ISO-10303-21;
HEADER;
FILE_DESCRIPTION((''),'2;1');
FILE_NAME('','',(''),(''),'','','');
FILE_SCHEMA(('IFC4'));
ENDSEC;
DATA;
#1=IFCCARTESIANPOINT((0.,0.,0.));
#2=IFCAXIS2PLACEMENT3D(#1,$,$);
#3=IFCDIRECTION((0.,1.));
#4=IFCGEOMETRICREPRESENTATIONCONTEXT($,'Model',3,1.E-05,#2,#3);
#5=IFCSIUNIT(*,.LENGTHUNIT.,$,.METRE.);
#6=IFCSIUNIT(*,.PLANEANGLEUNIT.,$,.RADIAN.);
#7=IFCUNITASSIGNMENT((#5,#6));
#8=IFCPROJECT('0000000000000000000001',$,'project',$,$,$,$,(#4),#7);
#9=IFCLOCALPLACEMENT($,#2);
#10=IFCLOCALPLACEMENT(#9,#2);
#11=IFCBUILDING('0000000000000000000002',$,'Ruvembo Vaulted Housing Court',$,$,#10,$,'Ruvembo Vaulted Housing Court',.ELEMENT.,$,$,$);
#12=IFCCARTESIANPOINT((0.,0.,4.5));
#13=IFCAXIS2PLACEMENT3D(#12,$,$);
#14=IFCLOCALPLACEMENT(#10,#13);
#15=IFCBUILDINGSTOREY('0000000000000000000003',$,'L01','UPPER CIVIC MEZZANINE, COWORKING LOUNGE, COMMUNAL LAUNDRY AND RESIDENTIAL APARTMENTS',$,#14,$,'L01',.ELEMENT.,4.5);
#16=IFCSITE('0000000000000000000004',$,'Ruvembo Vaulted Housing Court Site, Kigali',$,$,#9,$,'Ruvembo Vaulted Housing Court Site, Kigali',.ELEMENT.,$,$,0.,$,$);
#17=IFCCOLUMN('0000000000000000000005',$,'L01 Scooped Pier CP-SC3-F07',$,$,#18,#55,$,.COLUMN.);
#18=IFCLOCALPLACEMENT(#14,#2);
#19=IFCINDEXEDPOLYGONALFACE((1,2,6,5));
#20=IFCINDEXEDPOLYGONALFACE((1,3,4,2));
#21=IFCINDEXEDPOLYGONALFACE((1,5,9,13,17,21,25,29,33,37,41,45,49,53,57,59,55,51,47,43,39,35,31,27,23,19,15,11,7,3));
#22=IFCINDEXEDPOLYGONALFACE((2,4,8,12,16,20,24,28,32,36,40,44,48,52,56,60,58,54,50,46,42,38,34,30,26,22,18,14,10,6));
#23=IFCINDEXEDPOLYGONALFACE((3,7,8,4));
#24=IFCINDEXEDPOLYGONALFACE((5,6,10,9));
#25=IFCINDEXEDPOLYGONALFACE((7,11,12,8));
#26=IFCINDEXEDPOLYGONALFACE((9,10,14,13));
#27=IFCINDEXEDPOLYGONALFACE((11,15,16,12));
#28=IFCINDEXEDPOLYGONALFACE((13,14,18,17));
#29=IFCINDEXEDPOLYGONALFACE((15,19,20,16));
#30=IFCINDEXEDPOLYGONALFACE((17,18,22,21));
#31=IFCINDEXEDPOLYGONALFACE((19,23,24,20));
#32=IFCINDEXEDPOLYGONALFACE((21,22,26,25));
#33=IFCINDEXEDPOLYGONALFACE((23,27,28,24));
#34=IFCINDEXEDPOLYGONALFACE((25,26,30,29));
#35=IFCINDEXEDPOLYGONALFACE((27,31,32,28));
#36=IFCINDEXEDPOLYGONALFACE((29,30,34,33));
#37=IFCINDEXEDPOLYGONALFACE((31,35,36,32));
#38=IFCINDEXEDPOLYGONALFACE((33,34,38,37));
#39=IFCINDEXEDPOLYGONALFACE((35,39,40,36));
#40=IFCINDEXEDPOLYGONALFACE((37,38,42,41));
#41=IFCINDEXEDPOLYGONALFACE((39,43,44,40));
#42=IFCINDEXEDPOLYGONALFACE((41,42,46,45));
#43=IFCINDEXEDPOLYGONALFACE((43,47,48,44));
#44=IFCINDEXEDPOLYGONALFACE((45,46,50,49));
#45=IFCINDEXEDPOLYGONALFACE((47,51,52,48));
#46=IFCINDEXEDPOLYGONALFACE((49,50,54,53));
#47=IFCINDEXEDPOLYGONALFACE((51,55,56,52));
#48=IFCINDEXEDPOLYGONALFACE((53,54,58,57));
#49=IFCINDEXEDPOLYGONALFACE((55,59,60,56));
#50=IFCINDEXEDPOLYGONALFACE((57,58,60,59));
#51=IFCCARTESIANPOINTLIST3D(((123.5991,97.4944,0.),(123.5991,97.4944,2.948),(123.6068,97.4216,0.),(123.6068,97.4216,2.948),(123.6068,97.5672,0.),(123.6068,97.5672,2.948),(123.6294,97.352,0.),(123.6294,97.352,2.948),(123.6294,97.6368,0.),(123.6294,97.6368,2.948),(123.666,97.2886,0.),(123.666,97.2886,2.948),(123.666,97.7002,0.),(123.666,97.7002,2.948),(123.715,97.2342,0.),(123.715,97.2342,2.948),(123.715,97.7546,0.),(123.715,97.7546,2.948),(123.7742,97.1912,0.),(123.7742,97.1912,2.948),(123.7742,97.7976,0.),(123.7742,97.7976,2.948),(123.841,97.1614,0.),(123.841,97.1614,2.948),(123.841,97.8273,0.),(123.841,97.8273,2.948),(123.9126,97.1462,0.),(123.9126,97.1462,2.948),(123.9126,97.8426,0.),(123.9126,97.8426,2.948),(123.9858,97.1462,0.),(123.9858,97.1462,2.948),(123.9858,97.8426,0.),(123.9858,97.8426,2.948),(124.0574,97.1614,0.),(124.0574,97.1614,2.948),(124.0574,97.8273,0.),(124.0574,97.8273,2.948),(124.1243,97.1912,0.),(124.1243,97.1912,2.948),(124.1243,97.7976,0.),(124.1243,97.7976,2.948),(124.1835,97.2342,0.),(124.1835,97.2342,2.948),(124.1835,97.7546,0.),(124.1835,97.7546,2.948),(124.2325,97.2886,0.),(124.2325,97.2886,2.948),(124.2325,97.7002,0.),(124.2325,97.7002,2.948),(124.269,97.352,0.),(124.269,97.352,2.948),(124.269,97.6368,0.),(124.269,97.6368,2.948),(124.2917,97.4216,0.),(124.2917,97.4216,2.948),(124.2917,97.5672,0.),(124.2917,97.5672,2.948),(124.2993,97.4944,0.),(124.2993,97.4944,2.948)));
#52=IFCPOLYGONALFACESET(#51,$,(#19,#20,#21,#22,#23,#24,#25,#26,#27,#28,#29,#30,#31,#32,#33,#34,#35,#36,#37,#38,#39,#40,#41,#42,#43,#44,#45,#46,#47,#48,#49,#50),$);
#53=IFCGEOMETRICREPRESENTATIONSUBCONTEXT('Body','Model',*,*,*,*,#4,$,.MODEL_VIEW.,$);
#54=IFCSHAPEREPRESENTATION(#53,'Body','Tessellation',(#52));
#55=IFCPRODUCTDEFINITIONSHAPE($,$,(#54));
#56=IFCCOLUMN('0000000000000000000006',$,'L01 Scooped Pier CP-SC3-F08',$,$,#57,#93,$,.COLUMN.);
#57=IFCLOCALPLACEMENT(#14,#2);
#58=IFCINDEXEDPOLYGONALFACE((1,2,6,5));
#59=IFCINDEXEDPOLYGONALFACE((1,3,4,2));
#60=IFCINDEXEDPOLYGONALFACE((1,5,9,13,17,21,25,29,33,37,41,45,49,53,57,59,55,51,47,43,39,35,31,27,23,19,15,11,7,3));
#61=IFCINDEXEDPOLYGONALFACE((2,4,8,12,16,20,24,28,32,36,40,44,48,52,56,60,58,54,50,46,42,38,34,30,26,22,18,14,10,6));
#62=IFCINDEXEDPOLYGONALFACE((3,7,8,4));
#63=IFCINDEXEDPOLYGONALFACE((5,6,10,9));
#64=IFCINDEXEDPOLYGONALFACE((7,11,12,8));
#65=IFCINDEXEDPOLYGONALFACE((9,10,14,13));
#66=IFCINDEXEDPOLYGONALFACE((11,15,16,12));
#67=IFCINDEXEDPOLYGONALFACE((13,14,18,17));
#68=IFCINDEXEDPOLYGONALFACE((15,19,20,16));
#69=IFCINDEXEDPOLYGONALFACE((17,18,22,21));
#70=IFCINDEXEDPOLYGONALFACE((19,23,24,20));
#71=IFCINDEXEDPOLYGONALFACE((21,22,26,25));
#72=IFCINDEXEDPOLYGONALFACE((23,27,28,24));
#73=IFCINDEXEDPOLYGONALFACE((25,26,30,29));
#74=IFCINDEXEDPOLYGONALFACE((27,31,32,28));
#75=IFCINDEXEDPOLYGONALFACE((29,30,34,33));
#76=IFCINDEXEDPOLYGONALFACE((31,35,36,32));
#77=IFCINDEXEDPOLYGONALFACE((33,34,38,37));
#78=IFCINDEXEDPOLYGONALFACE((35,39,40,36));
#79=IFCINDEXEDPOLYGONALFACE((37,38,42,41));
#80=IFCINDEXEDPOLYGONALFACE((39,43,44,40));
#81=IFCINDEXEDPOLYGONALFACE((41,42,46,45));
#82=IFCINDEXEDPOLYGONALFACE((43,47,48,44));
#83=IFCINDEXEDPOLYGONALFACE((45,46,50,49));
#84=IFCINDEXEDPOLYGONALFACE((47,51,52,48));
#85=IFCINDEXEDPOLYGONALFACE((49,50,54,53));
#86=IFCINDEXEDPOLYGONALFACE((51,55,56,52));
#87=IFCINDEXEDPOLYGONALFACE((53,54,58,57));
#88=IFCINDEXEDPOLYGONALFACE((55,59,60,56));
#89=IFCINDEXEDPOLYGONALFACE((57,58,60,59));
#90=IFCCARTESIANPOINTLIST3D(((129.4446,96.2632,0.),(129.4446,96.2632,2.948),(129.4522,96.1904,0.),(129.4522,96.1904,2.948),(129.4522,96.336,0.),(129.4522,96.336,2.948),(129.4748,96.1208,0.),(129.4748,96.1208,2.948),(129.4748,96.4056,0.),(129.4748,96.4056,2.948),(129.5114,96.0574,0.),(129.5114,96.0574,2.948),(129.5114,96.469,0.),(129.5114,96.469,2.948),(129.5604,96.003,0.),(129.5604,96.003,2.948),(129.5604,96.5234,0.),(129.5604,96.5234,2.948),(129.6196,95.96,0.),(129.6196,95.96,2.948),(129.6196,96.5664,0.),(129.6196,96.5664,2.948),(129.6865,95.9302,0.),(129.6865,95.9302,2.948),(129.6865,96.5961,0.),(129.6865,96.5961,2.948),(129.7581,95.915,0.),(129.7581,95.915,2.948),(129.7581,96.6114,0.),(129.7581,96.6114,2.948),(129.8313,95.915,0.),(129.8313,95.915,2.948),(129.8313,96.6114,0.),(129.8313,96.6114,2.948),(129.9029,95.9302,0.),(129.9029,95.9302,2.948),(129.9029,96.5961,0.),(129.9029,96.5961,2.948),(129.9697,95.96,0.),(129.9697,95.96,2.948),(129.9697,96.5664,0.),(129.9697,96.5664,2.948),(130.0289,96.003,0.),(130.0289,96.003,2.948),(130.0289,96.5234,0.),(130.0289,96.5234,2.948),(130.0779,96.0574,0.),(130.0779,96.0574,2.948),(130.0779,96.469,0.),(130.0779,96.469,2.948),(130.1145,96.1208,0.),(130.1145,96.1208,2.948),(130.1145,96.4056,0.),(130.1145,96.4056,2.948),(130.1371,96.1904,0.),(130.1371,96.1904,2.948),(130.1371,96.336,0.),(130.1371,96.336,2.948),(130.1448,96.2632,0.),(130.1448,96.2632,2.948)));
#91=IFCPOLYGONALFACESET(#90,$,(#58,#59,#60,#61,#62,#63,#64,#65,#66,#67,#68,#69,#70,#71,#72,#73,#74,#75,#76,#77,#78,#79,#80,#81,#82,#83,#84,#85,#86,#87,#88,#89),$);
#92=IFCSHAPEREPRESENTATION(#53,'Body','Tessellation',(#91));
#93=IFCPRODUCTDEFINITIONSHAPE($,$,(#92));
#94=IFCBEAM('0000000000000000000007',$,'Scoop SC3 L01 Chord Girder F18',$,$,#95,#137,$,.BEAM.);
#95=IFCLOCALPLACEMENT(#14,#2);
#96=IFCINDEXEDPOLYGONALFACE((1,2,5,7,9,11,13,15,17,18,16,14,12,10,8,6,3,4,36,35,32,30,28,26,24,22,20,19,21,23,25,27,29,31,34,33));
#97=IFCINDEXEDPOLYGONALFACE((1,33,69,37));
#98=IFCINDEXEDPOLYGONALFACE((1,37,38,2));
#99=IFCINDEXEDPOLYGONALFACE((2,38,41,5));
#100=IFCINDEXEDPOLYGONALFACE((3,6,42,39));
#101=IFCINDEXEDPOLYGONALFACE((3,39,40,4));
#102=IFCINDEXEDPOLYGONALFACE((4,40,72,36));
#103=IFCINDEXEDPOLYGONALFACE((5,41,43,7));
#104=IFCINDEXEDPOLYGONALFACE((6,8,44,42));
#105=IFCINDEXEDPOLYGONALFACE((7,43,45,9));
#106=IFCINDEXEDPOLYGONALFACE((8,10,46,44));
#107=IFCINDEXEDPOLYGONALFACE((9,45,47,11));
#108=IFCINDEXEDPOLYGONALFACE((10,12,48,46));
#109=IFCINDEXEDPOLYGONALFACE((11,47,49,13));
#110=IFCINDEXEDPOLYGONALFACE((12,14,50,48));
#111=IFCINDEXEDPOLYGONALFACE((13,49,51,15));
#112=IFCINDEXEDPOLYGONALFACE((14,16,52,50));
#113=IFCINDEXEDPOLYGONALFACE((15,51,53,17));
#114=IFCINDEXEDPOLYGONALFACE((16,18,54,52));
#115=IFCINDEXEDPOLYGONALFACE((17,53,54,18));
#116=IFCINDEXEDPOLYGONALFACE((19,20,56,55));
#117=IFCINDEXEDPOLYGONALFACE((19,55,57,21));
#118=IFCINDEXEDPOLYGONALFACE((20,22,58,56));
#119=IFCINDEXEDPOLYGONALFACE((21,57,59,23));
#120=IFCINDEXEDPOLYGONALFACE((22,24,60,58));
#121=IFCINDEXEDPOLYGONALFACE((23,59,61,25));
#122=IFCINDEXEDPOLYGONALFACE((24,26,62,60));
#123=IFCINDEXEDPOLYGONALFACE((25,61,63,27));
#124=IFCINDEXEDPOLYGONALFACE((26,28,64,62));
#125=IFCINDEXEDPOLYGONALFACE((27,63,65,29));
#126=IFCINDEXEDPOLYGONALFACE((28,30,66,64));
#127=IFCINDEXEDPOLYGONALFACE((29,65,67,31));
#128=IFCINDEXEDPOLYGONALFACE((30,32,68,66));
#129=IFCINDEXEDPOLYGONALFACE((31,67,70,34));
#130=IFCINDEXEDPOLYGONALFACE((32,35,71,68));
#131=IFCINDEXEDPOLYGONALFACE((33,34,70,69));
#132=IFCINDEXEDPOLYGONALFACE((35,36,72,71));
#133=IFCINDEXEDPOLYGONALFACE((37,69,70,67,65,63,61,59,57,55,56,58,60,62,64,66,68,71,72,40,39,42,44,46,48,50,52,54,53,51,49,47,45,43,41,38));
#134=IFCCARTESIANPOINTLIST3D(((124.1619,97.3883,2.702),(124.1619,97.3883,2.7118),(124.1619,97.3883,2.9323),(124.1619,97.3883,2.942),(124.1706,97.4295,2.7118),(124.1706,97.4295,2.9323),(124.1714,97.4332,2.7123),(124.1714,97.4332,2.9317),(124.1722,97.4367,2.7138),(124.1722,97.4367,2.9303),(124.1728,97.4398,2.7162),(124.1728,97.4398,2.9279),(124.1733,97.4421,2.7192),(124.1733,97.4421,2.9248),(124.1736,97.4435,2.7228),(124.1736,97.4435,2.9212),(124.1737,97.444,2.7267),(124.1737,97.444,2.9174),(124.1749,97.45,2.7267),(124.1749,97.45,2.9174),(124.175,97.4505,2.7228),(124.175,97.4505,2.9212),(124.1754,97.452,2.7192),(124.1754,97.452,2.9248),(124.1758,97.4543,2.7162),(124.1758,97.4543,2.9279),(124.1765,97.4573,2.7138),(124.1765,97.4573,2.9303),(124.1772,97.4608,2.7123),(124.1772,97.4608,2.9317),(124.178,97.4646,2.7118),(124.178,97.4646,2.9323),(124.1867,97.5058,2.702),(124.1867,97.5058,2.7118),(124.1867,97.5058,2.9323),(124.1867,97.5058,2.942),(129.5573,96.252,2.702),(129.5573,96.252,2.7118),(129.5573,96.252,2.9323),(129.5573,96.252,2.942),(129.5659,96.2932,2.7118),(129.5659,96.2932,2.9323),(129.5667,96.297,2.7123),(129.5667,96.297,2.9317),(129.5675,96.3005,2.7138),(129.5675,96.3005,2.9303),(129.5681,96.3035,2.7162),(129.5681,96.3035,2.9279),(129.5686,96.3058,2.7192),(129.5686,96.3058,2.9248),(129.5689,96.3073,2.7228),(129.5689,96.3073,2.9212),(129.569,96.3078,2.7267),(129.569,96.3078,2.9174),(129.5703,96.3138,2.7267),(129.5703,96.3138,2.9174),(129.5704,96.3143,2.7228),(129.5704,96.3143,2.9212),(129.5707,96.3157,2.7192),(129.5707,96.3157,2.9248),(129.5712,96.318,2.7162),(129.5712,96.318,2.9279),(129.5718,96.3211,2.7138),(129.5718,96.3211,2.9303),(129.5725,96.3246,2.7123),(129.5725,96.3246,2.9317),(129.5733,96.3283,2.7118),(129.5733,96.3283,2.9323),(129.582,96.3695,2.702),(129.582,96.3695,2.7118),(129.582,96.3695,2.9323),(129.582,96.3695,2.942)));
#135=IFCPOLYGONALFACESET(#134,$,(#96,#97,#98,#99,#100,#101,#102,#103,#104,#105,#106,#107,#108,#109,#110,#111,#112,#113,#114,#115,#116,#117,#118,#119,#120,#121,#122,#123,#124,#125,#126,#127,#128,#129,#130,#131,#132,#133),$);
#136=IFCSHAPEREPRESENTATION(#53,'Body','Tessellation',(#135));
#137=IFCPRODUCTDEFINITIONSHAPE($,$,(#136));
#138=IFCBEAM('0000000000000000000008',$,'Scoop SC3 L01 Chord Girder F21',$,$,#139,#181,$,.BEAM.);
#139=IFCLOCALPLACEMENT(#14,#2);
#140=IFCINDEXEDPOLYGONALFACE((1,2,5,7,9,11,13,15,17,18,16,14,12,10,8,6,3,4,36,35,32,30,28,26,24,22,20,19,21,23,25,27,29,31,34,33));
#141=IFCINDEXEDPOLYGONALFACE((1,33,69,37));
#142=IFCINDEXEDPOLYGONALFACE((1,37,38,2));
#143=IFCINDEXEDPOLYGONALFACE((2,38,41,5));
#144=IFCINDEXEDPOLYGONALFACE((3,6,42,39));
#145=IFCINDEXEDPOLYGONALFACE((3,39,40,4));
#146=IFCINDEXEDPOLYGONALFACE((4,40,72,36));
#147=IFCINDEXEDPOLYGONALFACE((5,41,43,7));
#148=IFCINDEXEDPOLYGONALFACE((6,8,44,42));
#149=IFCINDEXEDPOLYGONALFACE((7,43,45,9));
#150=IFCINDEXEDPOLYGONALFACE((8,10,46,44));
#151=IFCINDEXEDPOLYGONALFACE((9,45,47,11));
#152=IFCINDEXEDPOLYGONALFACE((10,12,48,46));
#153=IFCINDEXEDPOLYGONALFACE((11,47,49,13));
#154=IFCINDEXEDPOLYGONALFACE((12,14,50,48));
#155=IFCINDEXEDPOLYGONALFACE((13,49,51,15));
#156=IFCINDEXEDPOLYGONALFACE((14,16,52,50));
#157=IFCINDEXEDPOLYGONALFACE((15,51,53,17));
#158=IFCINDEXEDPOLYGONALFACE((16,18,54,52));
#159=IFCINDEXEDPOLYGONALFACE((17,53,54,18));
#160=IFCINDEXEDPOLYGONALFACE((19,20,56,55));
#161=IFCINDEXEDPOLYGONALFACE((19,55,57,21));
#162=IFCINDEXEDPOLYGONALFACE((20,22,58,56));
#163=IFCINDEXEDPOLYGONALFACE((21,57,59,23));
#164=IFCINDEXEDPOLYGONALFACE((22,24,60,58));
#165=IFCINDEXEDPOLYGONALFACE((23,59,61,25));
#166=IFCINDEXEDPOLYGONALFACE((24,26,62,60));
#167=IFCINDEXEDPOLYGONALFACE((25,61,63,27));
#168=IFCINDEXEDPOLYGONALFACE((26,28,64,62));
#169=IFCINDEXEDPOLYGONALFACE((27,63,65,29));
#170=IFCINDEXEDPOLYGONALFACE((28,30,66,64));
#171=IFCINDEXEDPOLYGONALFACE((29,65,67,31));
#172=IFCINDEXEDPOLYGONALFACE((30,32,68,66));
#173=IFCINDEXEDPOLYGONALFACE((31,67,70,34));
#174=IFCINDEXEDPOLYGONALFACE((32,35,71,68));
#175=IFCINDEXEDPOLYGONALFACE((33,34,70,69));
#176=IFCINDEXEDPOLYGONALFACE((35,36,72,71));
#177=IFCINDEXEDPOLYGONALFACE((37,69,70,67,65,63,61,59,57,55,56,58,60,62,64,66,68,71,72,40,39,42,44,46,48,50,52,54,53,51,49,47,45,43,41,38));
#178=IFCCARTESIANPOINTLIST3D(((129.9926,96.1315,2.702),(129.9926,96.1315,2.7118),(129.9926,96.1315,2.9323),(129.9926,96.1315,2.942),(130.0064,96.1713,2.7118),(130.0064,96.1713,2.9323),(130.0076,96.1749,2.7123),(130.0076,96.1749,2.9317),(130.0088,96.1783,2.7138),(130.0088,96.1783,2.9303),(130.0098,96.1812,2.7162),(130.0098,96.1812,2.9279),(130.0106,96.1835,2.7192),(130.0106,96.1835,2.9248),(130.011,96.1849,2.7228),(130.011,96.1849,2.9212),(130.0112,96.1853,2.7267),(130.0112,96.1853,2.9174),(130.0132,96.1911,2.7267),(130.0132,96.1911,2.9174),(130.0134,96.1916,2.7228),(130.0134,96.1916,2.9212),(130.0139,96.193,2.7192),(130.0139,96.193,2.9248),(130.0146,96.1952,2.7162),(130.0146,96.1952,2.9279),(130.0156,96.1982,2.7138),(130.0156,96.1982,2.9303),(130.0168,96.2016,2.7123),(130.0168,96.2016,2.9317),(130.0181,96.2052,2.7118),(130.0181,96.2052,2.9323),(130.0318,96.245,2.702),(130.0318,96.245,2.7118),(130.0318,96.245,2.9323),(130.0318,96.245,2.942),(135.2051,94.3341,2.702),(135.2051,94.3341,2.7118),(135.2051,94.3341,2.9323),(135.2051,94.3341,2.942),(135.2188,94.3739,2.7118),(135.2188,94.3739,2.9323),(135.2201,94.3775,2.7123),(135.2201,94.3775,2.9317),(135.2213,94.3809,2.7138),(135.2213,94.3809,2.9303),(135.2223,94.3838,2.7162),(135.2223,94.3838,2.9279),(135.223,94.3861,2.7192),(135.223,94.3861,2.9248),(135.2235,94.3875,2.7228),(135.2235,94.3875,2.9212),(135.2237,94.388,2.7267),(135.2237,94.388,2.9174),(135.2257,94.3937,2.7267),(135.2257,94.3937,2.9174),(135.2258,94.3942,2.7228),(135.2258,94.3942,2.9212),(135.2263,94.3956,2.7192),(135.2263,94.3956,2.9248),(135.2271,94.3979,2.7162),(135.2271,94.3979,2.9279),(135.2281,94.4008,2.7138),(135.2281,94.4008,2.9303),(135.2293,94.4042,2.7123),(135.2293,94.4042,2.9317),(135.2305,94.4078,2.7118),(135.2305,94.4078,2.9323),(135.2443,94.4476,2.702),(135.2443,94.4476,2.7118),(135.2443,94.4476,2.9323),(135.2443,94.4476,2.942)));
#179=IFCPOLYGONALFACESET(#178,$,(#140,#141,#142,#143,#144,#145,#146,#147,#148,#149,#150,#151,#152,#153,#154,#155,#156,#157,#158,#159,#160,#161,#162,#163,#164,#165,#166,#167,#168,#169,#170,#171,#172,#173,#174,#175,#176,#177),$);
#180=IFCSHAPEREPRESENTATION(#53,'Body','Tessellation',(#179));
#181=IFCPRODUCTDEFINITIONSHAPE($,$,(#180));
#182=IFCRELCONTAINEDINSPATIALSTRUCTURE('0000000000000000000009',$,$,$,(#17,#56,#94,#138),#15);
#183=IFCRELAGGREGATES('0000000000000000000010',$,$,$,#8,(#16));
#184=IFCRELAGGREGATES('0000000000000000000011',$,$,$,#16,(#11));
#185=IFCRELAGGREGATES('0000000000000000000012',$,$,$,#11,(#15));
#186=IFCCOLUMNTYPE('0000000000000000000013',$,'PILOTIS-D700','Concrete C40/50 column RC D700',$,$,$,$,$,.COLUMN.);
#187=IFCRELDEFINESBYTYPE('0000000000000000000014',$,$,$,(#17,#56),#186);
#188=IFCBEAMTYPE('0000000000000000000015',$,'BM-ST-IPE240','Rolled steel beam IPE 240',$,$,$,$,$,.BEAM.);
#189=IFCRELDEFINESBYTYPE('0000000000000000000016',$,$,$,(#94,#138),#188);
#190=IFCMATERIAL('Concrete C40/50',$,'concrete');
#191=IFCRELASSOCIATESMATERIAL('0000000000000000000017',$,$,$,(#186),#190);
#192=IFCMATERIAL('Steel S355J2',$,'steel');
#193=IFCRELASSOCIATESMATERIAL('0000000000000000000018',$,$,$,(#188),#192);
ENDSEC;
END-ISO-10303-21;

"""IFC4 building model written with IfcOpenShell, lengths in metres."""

from ifc_helpers import new_model, si_unit, direction, frame, origin, origin_2d, place, context, subcontext, project, spatial, circle, i_section, extrude, material, material_profile, profile_set, type_object, element, save


model = new_model("IFC4")

# Units and contexts
model_context = context("Model", 3, precision=1e-05, world=origin(), true_north=direction((0.0, 1.0)))
body_context = subcontext(model_context, "Body", "Model", "MODEL_VIEW")
ifc_project = project(units=[si_unit("LENGTHUNIT", "METRE"), si_unit("PLANEANGLEUNIT", "RADIAN")], contexts=[model_context])

# Site, building, storey
site_placement = place(None, origin())
site = spatial("IfcSite", under=ifc_project, at=site_placement, Name="Ruvembo Vaulted Housing Court Site, Kigali", LongName="Ruvembo Vaulted Housing Court Site, Kigali", CompositionType="ELEMENT", RefElevation=0.0)
building_placement = place(site_placement, origin())
building = spatial("IfcBuilding", under=site, at=building_placement, Name="Ruvembo Vaulted Housing Court", LongName="Ruvembo Vaulted Housing Court", CompositionType="ELEMENT")
storey_placement = place(building_placement, frame((0.0, 0.0, 4.5)))
storey = spatial("IfcBuildingStorey", under=building, at=storey_placement, Name="L01", Description="UPPER CIVIC MEZZANINE, COWORKING LOUNGE, COMMUNAL LAUNDRY AND RESIDENTIAL APARTMENTS", LongName="L01", CompositionType="ELEMENT", Elevation=4.5)

# Columns
ifc_material_1 = material(Name="Concrete C40/50", Category="concrete")
ifc_material_profile_1 = material_profile(ifc_material_1, circle(Radius=0.3501, at=origin_2d()), Name="RC D700")
ifc_profile_set_1 = profile_set([ifc_material_profile_1], Name="Concrete C40/50")
column_type = type_object("IfcColumnType", Name="PILOTIS-D700", Description="Concrete C40/50 column RC D700", PredefinedType="COLUMN", material=ifc_profile_set_1)
for number, where, z_axis, x_axis, name in (
    (1, (123.9492, 97.4944, 0.0), (0.0, 0.0, 1.0), (1.0, 0.0, 0.0), "L01 Scooped Pier CP-SC3-F07"),
    (2, (129.7947, 96.2632, 0.0), (0.0, 0.0, 1.0), (1.0, 0.0, 0.0), "L01 Scooped Pier CP-SC3-F08"),
):
    element("IfcColumn", number, at=place(storey_placement, frame(where, z_axis=z_axis, x_axis=x_axis)), inside=storey, type_object=column_type, Name=name, PredefinedType="COLUMN", context=body_context, shape_type="SweptSolid", body=[
        extrude(circle(Radius=0.3501, at=origin_2d()), origin(), (0.0, 0.0, 1.0), 2.948),
    ])

# Beams
ifc_material_2 = material(Name="Steel S355J2", Category="steel")
ifc_material_profile_2 = material_profile(ifc_material_2, i_section(OverallWidth=0.1201, OverallDepth=0.24, WebThickness=0.0061, FlangeThickness=0.0098, FilletRadius=0.0149, at=origin_2d()), Name="IPE 240")
ifc_profile_set_2 = profile_set([ifc_material_profile_2], Name="Steel S355J2")
beam_type_1 = type_object("IfcBeamType", Name="BM-ST-IPE240", Description="Rolled steel beam IPE 240", PredefinedType="BEAM", material=ifc_profile_set_2)
for number, where, z_axis, x_axis, name in (
    (3, (124.1743, 97.447, 2.822), (0.978536, -0.206077, 0.0), (0.206077, 0.978536, 0.0), "Scoop SC3 L01 Chord Girder F18"),
    (4, (130.0122, 96.1882, 2.822), (0.945374, -0.325988, 0.0), (0.325988, 0.945374, 0.0), "Scoop SC3 L01 Chord Girder F21"),
):
    element("IfcBeam", number, at=place(storey_placement, frame(where, z_axis=z_axis, x_axis=x_axis)), inside=storey, type_object=beam_type_1, Name=name, PredefinedType="BEAM", context=body_context, shape_type="SweptSolid", body=[
        extrude(i_section(OverallWidth=0.1201, OverallDepth=0.24, WebThickness=0.0061, FlangeThickness=0.0098, FilletRadius=0.0149, at=origin_2d()), origin(), (0.0, 0.0, 1.0), 5.5137),
    ])

save(model, "model.ifc")
